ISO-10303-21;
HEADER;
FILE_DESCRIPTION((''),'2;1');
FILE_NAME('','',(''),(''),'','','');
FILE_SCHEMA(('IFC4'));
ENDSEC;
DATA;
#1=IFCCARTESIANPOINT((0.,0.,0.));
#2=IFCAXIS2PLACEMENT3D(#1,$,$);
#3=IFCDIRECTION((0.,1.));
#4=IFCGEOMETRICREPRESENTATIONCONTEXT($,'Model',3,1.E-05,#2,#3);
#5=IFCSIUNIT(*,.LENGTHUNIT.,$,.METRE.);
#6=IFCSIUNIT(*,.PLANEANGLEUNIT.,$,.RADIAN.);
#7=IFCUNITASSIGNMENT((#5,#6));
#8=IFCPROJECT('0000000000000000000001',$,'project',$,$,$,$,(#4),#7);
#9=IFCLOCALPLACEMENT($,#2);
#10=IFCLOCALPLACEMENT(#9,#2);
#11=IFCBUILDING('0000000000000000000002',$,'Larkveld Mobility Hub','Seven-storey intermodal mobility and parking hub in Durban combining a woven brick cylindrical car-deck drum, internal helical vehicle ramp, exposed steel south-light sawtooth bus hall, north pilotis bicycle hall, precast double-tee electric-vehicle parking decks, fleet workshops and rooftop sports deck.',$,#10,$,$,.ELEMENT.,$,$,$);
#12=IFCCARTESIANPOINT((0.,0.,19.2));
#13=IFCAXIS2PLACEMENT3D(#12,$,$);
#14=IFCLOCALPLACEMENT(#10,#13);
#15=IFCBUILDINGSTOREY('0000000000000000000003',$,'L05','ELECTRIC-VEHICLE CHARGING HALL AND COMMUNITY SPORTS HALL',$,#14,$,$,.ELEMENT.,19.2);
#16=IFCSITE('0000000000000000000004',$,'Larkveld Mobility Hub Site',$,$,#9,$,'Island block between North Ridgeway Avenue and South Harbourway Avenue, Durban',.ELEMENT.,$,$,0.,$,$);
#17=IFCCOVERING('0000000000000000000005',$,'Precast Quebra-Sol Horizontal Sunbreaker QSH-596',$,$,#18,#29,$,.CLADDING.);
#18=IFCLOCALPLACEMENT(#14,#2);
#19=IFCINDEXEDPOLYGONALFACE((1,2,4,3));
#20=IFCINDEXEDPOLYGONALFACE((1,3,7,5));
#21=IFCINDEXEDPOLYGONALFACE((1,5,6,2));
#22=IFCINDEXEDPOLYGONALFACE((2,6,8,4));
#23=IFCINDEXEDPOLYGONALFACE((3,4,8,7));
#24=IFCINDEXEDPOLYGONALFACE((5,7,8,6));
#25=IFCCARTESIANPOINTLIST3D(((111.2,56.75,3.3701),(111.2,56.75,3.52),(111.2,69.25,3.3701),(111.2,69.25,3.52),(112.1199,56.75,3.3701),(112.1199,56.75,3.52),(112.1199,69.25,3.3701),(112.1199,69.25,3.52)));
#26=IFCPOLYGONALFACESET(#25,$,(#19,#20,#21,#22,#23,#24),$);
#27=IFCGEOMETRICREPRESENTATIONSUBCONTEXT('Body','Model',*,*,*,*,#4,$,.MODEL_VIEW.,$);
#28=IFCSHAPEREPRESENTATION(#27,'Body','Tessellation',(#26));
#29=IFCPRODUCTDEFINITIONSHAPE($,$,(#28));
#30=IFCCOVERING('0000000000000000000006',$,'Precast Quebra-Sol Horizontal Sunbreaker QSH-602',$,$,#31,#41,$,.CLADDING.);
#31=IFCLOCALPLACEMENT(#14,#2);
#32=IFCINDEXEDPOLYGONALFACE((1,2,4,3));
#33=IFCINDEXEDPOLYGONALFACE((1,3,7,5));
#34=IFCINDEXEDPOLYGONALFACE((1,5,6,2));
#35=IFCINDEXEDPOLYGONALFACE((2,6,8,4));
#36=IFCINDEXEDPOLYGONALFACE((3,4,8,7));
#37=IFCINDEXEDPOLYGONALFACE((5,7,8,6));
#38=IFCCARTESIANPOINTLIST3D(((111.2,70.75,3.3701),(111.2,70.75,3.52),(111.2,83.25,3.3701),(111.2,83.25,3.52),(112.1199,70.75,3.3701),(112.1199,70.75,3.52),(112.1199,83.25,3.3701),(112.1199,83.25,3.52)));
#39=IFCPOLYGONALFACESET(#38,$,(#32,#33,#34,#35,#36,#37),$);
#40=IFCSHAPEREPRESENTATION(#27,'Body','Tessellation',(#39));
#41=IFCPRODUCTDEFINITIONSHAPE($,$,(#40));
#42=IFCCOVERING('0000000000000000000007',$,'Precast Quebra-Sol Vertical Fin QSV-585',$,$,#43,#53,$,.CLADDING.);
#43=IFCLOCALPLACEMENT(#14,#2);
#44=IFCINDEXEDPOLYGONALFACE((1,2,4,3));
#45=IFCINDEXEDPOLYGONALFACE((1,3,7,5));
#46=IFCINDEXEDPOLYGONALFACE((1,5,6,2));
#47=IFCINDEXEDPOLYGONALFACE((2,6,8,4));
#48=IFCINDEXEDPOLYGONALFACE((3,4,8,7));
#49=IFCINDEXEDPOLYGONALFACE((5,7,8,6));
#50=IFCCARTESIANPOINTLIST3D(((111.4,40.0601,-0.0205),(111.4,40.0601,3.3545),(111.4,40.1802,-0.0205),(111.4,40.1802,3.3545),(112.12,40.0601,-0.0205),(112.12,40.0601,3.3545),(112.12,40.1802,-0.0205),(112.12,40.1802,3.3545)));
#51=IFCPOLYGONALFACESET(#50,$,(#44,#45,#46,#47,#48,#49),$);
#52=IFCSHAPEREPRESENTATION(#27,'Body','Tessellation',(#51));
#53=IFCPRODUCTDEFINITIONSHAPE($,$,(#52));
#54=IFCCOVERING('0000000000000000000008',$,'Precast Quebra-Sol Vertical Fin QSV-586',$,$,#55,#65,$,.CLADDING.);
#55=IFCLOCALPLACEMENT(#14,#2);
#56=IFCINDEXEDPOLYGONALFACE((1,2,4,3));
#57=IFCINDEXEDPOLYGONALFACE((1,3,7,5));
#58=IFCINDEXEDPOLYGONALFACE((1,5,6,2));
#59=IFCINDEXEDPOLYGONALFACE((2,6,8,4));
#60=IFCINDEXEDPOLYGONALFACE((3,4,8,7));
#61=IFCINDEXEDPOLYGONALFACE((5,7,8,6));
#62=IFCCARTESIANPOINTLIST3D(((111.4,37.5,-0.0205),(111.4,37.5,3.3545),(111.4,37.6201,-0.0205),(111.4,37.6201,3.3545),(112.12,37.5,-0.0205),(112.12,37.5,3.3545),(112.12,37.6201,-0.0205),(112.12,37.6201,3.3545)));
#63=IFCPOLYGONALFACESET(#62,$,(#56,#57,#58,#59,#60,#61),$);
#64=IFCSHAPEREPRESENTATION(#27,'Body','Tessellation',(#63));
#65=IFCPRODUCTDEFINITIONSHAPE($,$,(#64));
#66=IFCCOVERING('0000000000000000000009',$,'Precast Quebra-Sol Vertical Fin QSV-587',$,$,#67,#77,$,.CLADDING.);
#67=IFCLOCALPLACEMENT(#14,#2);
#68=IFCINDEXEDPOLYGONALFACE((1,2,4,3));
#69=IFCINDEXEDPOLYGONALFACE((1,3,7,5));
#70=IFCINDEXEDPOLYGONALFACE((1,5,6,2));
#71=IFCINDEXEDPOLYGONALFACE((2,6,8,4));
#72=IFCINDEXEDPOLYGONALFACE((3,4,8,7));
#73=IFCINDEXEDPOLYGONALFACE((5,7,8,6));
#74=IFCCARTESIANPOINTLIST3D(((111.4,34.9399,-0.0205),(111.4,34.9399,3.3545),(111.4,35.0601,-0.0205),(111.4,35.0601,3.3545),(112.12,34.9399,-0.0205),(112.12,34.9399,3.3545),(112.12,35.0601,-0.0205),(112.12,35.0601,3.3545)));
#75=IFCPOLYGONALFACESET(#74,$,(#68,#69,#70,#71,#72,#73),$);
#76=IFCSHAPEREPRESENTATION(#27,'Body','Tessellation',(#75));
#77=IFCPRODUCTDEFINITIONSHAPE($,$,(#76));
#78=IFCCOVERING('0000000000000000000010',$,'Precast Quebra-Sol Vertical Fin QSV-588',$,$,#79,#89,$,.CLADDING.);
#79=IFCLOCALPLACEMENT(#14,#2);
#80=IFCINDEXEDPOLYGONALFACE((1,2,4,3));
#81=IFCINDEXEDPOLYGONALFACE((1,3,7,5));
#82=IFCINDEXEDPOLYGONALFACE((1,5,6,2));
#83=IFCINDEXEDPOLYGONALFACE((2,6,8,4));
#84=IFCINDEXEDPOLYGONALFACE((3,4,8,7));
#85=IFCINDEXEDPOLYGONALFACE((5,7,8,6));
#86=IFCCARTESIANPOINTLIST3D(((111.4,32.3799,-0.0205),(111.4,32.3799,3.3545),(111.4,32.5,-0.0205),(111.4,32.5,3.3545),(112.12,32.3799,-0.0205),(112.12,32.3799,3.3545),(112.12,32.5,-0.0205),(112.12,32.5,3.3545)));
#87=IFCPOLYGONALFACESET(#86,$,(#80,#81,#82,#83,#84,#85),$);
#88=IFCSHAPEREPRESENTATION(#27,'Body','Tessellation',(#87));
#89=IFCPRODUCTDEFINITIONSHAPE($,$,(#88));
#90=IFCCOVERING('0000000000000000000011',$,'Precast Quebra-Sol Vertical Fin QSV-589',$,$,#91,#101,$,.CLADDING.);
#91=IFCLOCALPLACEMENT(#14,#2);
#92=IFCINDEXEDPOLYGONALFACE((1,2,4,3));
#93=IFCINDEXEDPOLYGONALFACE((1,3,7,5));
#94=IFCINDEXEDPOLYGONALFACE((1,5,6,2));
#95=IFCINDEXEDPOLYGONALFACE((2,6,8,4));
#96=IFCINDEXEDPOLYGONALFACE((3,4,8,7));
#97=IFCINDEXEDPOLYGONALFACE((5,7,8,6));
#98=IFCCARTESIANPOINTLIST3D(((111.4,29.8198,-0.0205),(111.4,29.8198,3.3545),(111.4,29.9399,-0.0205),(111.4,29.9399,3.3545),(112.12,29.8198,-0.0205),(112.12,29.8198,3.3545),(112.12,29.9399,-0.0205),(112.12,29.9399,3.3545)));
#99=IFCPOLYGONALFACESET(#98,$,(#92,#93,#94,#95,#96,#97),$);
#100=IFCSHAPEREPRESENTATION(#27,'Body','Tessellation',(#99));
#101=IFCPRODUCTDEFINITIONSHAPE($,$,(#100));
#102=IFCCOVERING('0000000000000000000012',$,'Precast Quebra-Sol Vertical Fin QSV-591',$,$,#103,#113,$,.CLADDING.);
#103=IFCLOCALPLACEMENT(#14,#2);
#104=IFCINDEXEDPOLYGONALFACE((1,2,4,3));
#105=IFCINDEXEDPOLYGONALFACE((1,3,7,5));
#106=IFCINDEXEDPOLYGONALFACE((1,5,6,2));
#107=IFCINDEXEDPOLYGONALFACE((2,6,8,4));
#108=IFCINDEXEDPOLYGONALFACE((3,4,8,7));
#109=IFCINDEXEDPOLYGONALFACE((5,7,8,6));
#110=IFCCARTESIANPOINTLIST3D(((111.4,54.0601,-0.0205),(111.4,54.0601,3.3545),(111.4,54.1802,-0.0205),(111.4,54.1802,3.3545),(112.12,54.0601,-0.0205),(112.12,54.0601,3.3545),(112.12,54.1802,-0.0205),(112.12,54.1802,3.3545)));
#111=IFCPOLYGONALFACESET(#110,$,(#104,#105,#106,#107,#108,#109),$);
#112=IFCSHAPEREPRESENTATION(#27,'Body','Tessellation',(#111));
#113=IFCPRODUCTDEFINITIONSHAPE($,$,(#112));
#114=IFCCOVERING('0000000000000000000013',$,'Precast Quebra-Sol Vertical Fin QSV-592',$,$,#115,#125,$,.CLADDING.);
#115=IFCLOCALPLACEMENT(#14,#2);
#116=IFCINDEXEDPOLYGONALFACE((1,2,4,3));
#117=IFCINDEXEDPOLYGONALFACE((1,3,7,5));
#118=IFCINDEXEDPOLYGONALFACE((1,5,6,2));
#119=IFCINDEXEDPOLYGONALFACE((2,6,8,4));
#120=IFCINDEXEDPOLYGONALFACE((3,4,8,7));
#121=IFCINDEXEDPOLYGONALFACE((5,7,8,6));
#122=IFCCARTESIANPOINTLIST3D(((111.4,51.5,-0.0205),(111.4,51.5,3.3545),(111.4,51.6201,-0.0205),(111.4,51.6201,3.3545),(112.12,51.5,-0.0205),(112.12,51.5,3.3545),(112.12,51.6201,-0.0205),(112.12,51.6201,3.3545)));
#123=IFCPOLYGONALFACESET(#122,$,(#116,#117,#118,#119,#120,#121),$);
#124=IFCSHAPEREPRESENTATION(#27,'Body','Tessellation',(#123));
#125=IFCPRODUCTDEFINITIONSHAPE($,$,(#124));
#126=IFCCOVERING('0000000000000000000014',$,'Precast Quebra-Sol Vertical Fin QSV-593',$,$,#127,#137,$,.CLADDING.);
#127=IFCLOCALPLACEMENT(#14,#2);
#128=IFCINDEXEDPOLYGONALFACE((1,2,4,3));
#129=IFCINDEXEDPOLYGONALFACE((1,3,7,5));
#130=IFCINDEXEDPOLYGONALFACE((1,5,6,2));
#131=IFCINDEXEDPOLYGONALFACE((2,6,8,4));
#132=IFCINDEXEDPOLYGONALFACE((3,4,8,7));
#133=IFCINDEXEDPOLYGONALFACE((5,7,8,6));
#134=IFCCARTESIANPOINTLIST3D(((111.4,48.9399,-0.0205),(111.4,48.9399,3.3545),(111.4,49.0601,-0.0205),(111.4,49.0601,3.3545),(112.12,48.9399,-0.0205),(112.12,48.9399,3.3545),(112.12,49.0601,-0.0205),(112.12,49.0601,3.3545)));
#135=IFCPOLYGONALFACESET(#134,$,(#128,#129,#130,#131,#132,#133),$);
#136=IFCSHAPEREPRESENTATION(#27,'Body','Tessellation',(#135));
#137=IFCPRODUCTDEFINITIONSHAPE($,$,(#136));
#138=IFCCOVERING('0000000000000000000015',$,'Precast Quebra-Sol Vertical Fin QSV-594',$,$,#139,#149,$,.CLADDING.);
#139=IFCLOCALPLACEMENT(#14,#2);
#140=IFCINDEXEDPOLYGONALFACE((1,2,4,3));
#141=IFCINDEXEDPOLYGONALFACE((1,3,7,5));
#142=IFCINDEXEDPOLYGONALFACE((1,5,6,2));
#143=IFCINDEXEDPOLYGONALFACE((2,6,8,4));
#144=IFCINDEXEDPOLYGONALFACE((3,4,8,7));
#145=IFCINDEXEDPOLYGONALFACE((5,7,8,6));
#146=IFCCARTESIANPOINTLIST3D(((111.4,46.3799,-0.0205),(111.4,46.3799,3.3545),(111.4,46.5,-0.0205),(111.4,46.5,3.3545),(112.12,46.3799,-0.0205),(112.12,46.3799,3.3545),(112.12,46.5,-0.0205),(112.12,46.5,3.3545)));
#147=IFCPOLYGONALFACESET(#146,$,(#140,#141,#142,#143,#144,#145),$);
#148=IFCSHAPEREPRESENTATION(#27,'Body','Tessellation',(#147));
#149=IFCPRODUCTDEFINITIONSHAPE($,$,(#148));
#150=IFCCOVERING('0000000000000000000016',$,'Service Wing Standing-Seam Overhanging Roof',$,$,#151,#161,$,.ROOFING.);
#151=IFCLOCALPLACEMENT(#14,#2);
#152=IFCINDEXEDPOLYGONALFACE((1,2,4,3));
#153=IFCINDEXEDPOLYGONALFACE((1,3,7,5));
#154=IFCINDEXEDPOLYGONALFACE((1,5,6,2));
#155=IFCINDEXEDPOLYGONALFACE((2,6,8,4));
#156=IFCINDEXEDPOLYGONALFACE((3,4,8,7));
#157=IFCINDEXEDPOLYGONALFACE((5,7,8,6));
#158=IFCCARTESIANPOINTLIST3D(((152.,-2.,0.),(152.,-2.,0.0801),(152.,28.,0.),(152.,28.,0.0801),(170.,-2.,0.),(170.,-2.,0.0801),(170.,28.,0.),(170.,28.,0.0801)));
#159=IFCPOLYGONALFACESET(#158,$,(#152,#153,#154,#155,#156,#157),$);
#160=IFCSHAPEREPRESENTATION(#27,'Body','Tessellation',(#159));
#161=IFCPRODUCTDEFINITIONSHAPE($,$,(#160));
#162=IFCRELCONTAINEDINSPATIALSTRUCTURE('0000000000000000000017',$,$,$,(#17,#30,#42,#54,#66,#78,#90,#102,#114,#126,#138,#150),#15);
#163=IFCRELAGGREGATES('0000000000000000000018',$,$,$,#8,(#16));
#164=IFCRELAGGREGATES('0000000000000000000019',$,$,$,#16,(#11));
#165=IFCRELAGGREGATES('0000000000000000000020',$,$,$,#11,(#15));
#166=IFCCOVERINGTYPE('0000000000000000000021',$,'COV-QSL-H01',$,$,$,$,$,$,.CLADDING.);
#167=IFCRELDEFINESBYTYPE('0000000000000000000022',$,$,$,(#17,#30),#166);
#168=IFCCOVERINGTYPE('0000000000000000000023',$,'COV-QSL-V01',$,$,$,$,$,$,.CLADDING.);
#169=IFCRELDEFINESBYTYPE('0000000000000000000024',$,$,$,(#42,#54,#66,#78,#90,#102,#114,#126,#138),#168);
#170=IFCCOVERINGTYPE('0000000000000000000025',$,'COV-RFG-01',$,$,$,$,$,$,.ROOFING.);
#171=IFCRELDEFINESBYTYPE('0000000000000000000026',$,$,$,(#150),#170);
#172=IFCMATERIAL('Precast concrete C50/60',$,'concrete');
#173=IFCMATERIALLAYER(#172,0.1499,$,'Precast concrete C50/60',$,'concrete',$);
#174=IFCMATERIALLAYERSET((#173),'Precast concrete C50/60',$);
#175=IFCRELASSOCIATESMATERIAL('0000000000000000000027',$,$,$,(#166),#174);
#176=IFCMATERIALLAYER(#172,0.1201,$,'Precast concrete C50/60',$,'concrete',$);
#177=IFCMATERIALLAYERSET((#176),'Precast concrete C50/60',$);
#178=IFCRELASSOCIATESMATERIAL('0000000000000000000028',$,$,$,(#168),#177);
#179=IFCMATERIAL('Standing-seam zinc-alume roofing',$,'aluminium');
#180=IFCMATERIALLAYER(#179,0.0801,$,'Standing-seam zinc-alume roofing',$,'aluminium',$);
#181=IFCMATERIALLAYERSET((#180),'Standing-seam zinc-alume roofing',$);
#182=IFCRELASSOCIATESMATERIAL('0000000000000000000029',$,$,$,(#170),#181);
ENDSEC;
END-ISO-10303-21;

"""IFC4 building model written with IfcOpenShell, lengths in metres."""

from ifc_helpers import new_model, si_unit, direction, frame, origin, origin_2d, place, context, subcontext, project, spatial, polyline, rectangle, outline, extrude, material, layer, layer_set, type_object, element, save


model = new_model("IFC4")

# Units and contexts
model_context = context("Model", 3, precision=1e-05, world=origin(), true_north=direction((0.0, 1.0)))
body_context = subcontext(model_context, "Body", "Model", "MODEL_VIEW")
ifc_project = project(units=[si_unit("LENGTHUNIT", "METRE"), si_unit("PLANEANGLEUNIT", "RADIAN")], contexts=[model_context])

# Site, building, storey
site_placement = place(None, origin())
site = spatial("IfcSite", under=ifc_project, at=site_placement, Name="Larkveld Mobility Hub Site", LongName="Island block between North Ridgeway Avenue and South Harbourway Avenue, Durban", CompositionType="ELEMENT", RefElevation=0.0)
building_placement = place(site_placement, origin())
building = spatial("IfcBuilding", under=site, at=building_placement, Name="Larkveld Mobility Hub", Description="Seven-storey intermodal mobility and parking hub in Durban combining a woven brick cylindrical car-deck drum, internal helical vehicle ramp, exposed steel south-light sawtooth bus hall, north pilotis bicycle hall, precast double-tee electric-vehicle parking decks, fleet workshops and rooftop sports deck.", CompositionType="ELEMENT")
storey_placement = place(building_placement, frame((0.0, 0.0, 19.2)))
storey = spatial("IfcBuildingStorey", under=building, at=storey_placement, Name="L05", Description="ELECTRIC-VEHICLE CHARGING HALL AND COMMUNITY SPORTS HALL", CompositionType="ELEMENT", Elevation=19.2)

# Coverings
ifc_material_1 = material(Name="Precast concrete C50/60", Category="concrete")
ifc_layer_1 = layer(ifc_material_1, 0.1499, Name="Precast concrete C50/60", Category="concrete")
ifc_layer_set_1 = layer_set([ifc_layer_1], Name="Precast concrete C50/60")
covering_type_1 = type_object("IfcCoveringType", Name="COV-QSL-H01", PredefinedType="CLADDING", material=ifc_layer_set_1)
for number, where, z_axis, x_axis, name in (
    (1, (111.6599, 63.0, 3.3701), (0.0, 0.0, 1.0), (0.0, -1.0, 0.0), "Precast Quebra-Sol Horizontal Sunbreaker QSH-596"),
    (2, (111.6599, 77.0, 3.3701), (0.0, 0.0, 1.0), (0.0, -1.0, 0.0), "Precast Quebra-Sol Horizontal Sunbreaker QSH-602"),
):
    element("IfcCovering", number, at=place(storey_placement, frame(where, z_axis=z_axis, x_axis=x_axis)), inside=storey, type_object=covering_type_1, Name=name, PredefinedType="CLADDING", context=body_context, shape_type="SweptSolid", body=[
        extrude(rectangle(XDim=12.5, YDim=0.9199, at=origin_2d()), origin(), (0.0, 0.0, 1.0), 0.1499),
    ])
ifc_layer_2 = layer(ifc_material_1, 0.1201, Name="Precast concrete C50/60", Category="concrete")
ifc_layer_set_2 = layer_set([ifc_layer_2], Name="Precast concrete C50/60")
covering_type_2 = type_object("IfcCoveringType", Name="COV-QSL-V01", PredefinedType="CLADDING", material=ifc_layer_set_2)
for number, where, z_axis, x_axis, name in (
    (3, (111.76, 40.1201, -0.0205), (0.0, 0.0, 1.0), (0.0, -1.0, 0.0), "Precast Quebra-Sol Vertical Fin QSV-585"),
    (4, (111.76, 37.5601, -0.0205), (0.0, 0.0, 1.0), (0.0, -1.0, 0.0), "Precast Quebra-Sol Vertical Fin QSV-586"),
    (5, (111.76, 35.0, -0.0205), (0.0, 0.0, 1.0), (0.0, -1.0, 0.0), "Precast Quebra-Sol Vertical Fin QSV-587"),
    (6, (111.76, 32.4399, -0.0205), (0.0, 0.0, 1.0), (0.0, -1.0, 0.0), "Precast Quebra-Sol Vertical Fin QSV-588"),
    (7, (111.76, 29.8799, -0.0205), (0.0, 0.0, 1.0), (0.0, -1.0, 0.0), "Precast Quebra-Sol Vertical Fin QSV-589"),
    (8, (111.76, 54.1201, -0.0205), (0.0, 0.0, 1.0), (0.0, -1.0, 0.0), "Precast Quebra-Sol Vertical Fin QSV-591"),
    (9, (111.76, 51.5601, -0.0205), (0.0, 0.0, 1.0), (0.0, -1.0, 0.0), "Precast Quebra-Sol Vertical Fin QSV-592"),
    (10, (111.76, 49.0, -0.0205), (0.0, 0.0, 1.0), (0.0, -1.0, 0.0), "Precast Quebra-Sol Vertical Fin QSV-593"),
    (11, (111.76, 46.4399, -0.0205), (0.0, 0.0, 1.0), (0.0, -1.0, 0.0), "Precast Quebra-Sol Vertical Fin QSV-594"),
):
    element("IfcCovering", number, at=place(storey_placement, frame(where, z_axis=z_axis, x_axis=x_axis)), inside=storey, type_object=covering_type_2, Name=name, PredefinedType="CLADDING", context=body_context, shape_type="SweptSolid", body=[
        extrude(rectangle(XDim=0.1201, YDim=0.72, at=origin_2d()), origin(), (0.0, 0.0, 1.0), 3.375),
    ])
ifc_material_2 = material(Name="Standing-seam zinc-alume roofing", Category="aluminium")
ifc_layer_3 = layer(ifc_material_2, 0.0801, Name="Standing-seam zinc-alume roofing", Category="aluminium")
ifc_layer_set_3 = layer_set([ifc_layer_3], Name="Standing-seam zinc-alume roofing")
covering_type_3 = type_object("IfcCoveringType", Name="COV-RFG-01", PredefinedType="ROOFING", material=ifc_layer_set_3)
covering_1_placement = place(storey_placement, origin())
element("IfcCovering", 12, at=covering_1_placement, inside=storey, type_object=covering_type_3, Name="Service Wing Standing-Seam Overhanging Roof", PredefinedType="ROOFING", context=body_context, shape_type="SweptSolid", body=[
    extrude(outline(polyline([(152.0, -2.0), (170.0, -2.0), (170.0, 28.0), (152.0, 28.0), (152.0, -2.0)])), origin(), (0.0, 0.0, 1.0), 0.0801),
])

save(model, "model.ifc")
